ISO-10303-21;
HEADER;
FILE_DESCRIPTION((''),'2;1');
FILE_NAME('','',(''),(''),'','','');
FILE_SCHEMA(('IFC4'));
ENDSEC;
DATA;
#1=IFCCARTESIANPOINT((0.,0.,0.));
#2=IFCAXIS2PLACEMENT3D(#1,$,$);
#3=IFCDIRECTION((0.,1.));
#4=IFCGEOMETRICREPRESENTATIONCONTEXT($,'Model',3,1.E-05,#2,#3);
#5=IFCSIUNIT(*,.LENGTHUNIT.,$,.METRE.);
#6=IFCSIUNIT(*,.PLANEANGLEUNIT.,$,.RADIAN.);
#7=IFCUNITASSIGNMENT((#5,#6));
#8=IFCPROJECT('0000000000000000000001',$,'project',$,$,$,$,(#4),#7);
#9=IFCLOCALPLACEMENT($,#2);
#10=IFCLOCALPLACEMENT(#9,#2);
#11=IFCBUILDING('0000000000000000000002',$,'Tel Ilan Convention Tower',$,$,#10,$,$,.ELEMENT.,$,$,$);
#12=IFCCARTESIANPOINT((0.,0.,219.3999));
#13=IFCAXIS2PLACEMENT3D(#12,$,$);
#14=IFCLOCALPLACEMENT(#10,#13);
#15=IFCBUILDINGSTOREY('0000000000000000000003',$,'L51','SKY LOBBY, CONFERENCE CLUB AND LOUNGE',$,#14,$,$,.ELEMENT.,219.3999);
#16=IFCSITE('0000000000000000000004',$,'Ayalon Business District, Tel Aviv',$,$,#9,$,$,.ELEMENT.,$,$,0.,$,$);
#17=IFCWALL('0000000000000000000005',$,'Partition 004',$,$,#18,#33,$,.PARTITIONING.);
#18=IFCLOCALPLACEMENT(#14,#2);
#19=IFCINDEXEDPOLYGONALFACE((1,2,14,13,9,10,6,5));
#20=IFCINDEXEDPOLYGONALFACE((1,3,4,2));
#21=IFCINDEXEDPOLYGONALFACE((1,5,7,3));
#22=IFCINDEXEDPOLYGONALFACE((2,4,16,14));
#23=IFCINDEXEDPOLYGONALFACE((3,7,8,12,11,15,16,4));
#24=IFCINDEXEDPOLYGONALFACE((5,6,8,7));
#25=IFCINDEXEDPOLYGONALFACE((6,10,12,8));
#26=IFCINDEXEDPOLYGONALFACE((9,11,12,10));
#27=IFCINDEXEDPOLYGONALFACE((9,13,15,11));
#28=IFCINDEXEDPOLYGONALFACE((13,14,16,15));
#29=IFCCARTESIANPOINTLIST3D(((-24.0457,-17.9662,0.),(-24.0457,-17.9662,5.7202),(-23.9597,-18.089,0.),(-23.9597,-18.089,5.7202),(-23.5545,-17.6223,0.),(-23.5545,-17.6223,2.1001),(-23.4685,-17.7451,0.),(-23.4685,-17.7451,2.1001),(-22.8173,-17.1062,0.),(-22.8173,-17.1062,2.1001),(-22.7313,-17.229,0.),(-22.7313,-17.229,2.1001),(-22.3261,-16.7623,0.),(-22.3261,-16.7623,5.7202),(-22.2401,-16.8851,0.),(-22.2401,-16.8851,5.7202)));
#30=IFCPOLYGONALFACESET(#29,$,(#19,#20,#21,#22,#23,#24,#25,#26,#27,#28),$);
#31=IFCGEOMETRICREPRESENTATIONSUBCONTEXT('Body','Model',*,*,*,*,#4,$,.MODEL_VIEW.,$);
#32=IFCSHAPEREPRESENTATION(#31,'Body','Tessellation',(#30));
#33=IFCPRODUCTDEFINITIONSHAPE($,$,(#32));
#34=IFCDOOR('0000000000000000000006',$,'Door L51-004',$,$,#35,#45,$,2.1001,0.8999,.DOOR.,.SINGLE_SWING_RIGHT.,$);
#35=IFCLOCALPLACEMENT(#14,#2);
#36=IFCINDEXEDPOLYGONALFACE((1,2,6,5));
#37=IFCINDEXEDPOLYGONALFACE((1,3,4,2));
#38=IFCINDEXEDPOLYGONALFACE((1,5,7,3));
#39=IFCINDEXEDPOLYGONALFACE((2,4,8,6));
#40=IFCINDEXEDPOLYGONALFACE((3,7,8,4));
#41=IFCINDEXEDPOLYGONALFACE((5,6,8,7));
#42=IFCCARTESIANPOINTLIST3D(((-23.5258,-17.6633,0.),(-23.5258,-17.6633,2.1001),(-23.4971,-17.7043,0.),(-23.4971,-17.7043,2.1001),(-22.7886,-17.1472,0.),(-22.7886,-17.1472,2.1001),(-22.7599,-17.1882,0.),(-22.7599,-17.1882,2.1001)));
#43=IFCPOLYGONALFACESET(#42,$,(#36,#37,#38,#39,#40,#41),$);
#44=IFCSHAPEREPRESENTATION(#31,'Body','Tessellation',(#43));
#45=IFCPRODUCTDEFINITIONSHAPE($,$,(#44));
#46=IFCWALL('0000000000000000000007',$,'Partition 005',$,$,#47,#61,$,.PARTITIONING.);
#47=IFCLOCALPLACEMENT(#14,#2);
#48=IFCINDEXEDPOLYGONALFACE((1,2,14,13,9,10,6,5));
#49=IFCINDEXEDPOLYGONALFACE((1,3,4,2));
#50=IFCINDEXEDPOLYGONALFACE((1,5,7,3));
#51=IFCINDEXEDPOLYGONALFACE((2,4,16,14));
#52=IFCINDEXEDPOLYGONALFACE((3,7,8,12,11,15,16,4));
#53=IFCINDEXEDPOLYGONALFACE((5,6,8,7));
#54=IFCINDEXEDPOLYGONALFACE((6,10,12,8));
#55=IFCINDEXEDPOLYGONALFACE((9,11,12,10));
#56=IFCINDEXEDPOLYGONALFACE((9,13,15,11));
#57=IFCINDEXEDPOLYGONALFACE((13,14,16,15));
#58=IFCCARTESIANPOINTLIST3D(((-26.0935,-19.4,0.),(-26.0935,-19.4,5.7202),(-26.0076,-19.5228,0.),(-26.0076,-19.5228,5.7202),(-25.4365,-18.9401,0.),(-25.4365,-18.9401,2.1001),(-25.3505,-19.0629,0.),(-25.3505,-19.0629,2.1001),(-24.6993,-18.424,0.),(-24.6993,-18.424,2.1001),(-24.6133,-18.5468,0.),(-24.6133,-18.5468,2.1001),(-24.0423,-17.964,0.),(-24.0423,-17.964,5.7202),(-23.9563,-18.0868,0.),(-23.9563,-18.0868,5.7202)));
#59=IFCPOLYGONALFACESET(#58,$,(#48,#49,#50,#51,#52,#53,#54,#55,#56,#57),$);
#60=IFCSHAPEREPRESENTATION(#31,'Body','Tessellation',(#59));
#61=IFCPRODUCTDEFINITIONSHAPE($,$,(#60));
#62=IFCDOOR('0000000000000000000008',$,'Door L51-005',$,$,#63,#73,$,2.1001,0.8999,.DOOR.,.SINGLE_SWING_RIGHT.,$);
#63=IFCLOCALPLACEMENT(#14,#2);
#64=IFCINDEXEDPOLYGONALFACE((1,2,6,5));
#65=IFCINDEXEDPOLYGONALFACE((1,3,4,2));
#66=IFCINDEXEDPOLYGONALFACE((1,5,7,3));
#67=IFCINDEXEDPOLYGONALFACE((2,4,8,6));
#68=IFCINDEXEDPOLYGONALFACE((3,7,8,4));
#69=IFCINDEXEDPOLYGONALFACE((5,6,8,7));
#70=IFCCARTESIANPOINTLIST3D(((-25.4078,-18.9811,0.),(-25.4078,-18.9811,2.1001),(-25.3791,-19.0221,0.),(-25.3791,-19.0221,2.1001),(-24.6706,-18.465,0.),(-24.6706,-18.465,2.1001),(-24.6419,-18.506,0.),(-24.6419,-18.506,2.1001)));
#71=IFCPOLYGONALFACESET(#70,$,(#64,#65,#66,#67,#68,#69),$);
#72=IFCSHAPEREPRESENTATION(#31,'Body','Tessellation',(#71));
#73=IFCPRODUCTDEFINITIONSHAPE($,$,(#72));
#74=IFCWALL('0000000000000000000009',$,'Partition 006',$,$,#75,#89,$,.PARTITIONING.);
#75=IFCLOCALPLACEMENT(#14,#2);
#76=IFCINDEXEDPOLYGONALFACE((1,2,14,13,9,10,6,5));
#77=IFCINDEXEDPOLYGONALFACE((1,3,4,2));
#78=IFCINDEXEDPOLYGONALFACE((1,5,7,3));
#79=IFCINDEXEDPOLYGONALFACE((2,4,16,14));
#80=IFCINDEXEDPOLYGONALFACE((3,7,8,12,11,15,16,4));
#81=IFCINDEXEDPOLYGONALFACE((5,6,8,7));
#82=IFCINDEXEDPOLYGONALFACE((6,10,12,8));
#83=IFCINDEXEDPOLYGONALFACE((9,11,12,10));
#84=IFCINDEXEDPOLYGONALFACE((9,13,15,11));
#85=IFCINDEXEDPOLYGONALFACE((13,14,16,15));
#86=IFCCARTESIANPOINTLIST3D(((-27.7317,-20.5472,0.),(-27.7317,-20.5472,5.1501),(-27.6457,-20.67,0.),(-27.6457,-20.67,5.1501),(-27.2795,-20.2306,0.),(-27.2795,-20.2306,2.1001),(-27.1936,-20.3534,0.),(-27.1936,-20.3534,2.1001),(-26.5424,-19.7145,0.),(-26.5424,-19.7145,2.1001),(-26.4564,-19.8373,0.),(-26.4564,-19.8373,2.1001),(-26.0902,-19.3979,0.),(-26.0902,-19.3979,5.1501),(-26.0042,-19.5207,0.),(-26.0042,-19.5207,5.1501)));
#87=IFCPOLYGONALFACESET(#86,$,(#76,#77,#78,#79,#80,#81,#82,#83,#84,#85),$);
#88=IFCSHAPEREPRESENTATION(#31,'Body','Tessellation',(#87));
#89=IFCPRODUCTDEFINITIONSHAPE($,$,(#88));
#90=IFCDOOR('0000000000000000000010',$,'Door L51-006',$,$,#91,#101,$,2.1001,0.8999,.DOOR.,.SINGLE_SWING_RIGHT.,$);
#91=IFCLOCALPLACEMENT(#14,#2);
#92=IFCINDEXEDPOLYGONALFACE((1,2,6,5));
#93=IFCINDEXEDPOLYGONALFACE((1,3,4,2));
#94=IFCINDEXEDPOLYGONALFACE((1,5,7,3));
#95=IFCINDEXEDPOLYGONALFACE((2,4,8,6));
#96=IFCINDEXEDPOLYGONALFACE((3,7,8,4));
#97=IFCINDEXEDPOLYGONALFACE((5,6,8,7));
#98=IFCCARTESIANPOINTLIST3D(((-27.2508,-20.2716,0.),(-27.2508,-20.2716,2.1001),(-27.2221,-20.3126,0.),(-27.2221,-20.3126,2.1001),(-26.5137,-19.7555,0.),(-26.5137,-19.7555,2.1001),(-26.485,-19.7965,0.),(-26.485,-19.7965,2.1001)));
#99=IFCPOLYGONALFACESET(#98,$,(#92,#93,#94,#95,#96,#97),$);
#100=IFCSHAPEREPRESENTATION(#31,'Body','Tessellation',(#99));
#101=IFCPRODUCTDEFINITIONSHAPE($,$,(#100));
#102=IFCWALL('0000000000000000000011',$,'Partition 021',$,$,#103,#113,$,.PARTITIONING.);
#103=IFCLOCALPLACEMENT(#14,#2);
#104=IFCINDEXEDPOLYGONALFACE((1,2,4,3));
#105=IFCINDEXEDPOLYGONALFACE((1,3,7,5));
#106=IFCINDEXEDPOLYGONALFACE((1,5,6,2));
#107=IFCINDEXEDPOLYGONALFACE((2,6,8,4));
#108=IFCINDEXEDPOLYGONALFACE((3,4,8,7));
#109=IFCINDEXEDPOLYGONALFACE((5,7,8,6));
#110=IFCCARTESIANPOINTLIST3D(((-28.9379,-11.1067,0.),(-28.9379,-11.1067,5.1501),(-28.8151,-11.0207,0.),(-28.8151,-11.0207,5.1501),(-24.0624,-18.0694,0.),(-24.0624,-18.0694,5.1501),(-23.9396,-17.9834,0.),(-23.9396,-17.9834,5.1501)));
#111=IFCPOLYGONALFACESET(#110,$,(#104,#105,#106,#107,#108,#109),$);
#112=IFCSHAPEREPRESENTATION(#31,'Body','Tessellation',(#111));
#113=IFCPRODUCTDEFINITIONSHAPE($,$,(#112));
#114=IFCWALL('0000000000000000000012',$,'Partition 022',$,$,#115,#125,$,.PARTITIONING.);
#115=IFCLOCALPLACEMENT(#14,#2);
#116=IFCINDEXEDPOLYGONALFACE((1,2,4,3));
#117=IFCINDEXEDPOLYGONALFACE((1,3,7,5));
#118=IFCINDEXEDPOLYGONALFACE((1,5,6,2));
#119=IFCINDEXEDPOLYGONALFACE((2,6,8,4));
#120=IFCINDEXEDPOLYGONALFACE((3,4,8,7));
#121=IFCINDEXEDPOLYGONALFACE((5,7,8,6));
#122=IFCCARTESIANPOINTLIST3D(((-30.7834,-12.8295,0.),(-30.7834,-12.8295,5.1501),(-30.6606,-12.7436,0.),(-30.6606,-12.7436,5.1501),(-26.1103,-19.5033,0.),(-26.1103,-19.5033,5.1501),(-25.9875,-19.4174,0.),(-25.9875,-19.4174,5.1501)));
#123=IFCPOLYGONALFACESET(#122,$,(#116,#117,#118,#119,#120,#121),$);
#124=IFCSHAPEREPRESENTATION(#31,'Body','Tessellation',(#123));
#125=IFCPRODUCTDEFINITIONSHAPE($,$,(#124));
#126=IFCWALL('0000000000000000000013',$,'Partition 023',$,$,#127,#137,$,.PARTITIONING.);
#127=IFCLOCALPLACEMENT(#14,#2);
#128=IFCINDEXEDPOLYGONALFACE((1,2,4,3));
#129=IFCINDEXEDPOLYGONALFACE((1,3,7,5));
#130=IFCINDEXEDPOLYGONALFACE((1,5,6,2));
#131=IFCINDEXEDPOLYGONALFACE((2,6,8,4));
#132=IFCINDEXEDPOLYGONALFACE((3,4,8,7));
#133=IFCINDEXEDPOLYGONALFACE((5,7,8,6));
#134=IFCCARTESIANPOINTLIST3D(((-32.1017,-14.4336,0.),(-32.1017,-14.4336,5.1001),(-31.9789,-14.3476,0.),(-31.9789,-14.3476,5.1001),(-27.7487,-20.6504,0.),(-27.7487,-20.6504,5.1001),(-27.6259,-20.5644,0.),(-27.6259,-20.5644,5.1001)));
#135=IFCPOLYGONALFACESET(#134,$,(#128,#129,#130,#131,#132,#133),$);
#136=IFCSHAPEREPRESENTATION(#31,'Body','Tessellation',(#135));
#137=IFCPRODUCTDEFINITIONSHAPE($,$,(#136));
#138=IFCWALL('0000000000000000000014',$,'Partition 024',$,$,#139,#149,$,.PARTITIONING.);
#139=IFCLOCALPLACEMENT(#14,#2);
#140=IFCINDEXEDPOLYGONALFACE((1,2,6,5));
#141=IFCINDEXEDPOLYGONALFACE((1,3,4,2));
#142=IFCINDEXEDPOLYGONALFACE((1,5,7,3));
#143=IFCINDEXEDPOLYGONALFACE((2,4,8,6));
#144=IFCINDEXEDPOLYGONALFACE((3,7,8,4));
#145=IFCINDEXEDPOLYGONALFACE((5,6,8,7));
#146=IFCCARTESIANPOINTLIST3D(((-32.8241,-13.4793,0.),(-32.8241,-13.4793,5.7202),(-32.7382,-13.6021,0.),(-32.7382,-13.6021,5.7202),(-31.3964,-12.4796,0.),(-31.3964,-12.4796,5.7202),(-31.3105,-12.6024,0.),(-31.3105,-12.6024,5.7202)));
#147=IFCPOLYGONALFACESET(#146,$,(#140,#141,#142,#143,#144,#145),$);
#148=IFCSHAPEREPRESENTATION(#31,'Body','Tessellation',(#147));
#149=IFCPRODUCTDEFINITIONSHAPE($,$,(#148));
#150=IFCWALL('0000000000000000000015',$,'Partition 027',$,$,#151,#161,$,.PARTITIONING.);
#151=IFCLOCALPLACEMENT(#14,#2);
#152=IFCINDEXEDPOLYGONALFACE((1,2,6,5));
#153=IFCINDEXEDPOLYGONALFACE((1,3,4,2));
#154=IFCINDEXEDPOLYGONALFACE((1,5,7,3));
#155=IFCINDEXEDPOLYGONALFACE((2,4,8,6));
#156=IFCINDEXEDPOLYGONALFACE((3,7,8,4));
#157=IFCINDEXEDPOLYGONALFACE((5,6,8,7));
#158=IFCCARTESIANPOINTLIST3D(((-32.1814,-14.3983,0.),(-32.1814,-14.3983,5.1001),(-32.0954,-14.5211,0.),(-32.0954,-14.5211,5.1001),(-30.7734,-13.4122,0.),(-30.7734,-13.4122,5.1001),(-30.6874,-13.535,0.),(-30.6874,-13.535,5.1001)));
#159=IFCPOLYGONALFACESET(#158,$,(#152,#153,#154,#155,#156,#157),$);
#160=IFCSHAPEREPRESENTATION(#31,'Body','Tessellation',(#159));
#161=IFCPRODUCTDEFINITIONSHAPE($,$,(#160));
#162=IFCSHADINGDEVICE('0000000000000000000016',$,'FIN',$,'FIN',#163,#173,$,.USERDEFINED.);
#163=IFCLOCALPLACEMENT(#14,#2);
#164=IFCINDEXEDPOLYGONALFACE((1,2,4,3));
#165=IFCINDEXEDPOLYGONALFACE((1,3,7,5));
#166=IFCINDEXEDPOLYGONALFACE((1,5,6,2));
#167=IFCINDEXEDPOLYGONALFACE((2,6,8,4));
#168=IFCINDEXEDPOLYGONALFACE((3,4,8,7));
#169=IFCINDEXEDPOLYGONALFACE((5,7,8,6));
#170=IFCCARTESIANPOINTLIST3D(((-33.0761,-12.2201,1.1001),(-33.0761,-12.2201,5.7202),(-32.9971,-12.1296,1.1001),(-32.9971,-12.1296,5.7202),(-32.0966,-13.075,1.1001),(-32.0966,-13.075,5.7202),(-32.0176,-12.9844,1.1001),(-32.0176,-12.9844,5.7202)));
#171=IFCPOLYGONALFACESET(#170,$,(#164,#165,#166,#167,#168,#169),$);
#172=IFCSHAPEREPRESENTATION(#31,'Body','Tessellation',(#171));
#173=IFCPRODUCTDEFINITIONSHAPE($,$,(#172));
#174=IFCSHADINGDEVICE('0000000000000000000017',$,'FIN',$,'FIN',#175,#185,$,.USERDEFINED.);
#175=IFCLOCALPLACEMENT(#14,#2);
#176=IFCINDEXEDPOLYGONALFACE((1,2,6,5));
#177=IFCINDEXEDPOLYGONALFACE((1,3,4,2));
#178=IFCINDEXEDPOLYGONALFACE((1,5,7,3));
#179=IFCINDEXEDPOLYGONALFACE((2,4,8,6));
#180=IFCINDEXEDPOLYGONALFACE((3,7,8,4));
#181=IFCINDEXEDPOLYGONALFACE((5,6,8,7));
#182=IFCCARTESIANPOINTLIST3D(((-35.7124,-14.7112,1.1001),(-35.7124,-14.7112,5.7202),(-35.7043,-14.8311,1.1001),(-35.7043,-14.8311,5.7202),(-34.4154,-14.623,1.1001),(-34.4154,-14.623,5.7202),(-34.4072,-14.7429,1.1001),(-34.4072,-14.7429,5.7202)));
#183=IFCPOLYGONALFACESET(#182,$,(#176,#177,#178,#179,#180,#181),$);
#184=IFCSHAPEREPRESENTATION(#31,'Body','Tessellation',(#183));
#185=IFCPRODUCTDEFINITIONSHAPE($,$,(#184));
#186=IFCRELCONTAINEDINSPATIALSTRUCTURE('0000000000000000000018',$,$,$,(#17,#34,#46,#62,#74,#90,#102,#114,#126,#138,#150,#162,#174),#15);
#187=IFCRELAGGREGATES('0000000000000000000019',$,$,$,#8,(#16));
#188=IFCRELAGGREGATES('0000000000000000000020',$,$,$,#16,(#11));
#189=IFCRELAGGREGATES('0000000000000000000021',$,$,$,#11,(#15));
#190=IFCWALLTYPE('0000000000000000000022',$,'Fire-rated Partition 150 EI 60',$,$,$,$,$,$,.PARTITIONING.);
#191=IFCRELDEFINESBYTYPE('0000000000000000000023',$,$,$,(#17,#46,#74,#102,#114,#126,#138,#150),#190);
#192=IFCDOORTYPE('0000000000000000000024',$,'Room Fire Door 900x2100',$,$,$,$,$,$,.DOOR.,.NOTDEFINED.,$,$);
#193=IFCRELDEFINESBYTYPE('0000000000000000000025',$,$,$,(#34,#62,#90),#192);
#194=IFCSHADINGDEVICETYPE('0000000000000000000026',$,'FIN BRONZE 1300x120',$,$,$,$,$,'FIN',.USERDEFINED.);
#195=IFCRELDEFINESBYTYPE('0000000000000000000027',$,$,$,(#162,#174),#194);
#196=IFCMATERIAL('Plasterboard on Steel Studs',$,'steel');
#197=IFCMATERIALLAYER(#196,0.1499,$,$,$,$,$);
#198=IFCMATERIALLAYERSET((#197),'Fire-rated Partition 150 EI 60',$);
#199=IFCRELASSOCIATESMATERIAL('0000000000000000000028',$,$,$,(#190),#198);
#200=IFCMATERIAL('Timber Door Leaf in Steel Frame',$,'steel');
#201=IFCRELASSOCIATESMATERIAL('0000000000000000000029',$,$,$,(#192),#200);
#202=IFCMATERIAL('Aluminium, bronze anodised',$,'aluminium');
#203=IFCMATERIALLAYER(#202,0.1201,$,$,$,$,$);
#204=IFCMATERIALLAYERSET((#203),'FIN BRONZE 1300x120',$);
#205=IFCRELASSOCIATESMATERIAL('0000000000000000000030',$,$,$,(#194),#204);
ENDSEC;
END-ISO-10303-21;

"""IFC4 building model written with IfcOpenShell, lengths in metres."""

from ifc_helpers import new_model, si_unit, direction, frame, frame_2d, origin, origin_2d, place, context, subcontext, project, spatial, rectangle, extrude, material, layer, layer_set, type_object, element, fill, save


model = new_model("IFC4")

# Units and contexts
model_context = context("Model", 3, precision=1e-05, world=origin(), true_north=direction((0.0, 1.0)))
body_context = subcontext(model_context, "Body", "Model", "MODEL_VIEW")
ifc_project = project(units=[si_unit("LENGTHUNIT", "METRE"), si_unit("PLANEANGLEUNIT", "RADIAN")], contexts=[model_context])

# Site, building, storey
site_placement = place(None, origin())
site = spatial("IfcSite", under=ifc_project, at=site_placement, Name="Ayalon Business District, Tel Aviv", CompositionType="ELEMENT", RefElevation=0.0)
building_placement = place(site_placement, origin())
building = spatial("IfcBuilding", under=site, at=building_placement, Name="Tel Ilan Convention Tower", CompositionType="ELEMENT")
storey_placement = place(building_placement, frame((0.0, 0.0, 219.3999)))
storey = spatial("IfcBuildingStorey", under=building, at=storey_placement, Name="L51", Description="SKY LOBBY, CONFERENCE CLUB AND LOUNGE", CompositionType="ELEMENT", Elevation=219.3999)

# Walls, openings, doors
ifc_material_1 = material(Name="Plasterboard on Steel Studs", Category="steel")
ifc_layer_1 = layer(ifc_material_1, 0.1499)
ifc_layer_set_1 = layer_set([ifc_layer_1], Name="Fire-rated Partition 150 EI 60")
wall_type = type_object("IfcWallType", Name="Fire-rated Partition 150 EI 60", PredefinedType="PARTITIONING", material=ifc_layer_set_1)
wall_1_placement = place(storey_placement, frame((-24.0027, -18.0276, 0.0), z_axis=(0.0, 0.0, 1.0), x_axis=(0.819183, 0.573533, 0.0)))
wall_1 = element("IfcWall", 1, at=wall_1_placement, inside=storey, type_object=wall_type, Name="Partition 004", PredefinedType="PARTITIONING", context=body_context, shape_type="SweptSolid", body=[
    extrude(rectangle(XDim=2.0991, YDim=0.1499, at=frame_2d((1.0496, 0.0))), origin(), (0.0, 0.0, 1.0), 5.7202),
])
opening_1_placement = place(wall_1_placement, frame((0.5996, 0.0, 0.0)))
opening_1 = element("IfcOpeningElement", 2, at=opening_1_placement, cuts=wall_1, PredefinedType="OPENING", context=body_context, shape_type="SweptSolid", body=[
    extrude(rectangle(XDim=0.8999, YDim=2.1001, at=frame_2d((0.45, 1.05))), frame((0.0, 0.085, 0.0), z_axis=(0.0, -1.0, 0.0), x_axis=(1.0, 0.0, 0.0)), (0.0, 0.0, 1.0), 0.1699),
])
ifc_material_2 = material(Name="Timber Door Leaf in Steel Frame", Category="steel")
door_type = type_object("IfcDoorType", Name="Room Fire Door 900x2100", OperationType="NOTDEFINED", PredefinedType="DOOR", material=ifc_material_2)
door_1_placement = place(opening_1_placement, origin())
door_1 = element("IfcDoor", 3, at=door_1_placement, inside=storey, type_object=door_type, Name="Door L51-004", OperationType="SINGLE_SWING_RIGHT", OverallHeight=2.1001, OverallWidth=0.8999, PredefinedType="DOOR", context=body_context, shape_type="SweptSolid", body=[
    extrude(rectangle(XDim=0.8999, YDim=2.1001, at=frame_2d((0.45, 1.05))), frame((0.0, 0.0249, 0.0), z_axis=(0.0, -1.0, 0.0), x_axis=(1.0, 0.0, 0.0)), (0.0, 0.0, 1.0), 0.05),
])
fill(opening_1, door_1)
wall_2_placement = place(storey_placement, frame((-26.0505, -19.4614, 0.0), z_axis=(0.0, 0.0, 1.0), x_axis=(0.819204, 0.573502, 0.0)))
wall_2 = element("IfcWall", 4, at=wall_2_placement, inside=storey, type_object=wall_type, Name="Partition 005", PredefinedType="PARTITIONING", context=body_context, shape_type="SweptSolid", body=[
    extrude(rectangle(XDim=2.5039, YDim=0.1499, at=frame_2d((1.252, 0.0))), origin(), (0.0, 0.0, 1.0), 5.7202),
])
opening_2_placement = place(wall_2_placement, frame((0.802, 0.0, 0.0)))
opening_2 = element("IfcOpeningElement", 5, at=opening_2_placement, cuts=wall_2, PredefinedType="OPENING", context=body_context, shape_type="SweptSolid", body=[
    extrude(rectangle(XDim=0.8999, YDim=2.1001, at=frame_2d((0.45, 1.05))), frame((0.0, 0.085, 0.0), z_axis=(0.0, -1.0, 0.0), x_axis=(1.0, 0.0, 0.0)), (0.0, 0.0, 1.0), 0.1699),
])
door_2_placement = place(opening_2_placement, origin())
door_2 = element("IfcDoor", 6, at=door_2_placement, inside=storey, type_object=door_type, Name="Door L51-005", OperationType="SINGLE_SWING_RIGHT", OverallHeight=2.1001, OverallWidth=0.8999, PredefinedType="DOOR", context=body_context, shape_type="SweptSolid", body=[
    extrude(rectangle(XDim=0.8999, YDim=2.1001, at=frame_2d((0.45, 1.05))), frame((0.0, 0.0249, 0.0), z_axis=(0.0, -1.0, 0.0), x_axis=(1.0, 0.0, 0.0)), (0.0, 0.0, 1.0), 0.05),
])
fill(opening_2, door_2)
wall_3_placement = place(storey_placement, frame((-27.6887, -20.6086, 0.0), z_axis=(0.0, 0.0, 1.0), x_axis=(0.819163, 0.57356, 0.0)))
wall_3 = element("IfcWall", 7, at=wall_3_placement, inside=storey, type_object=wall_type, Name="Partition 006", PredefinedType="PARTITIONING", context=body_context, shape_type="SweptSolid", body=[
    extrude(rectangle(XDim=2.0039, YDim=0.1499, at=frame_2d((1.002, 0.0))), origin(), (0.0, 0.0, 1.0), 5.1501),
])
opening_3_placement = place(wall_3_placement, frame((0.552, 0.0, 0.0)))
opening_3 = element("IfcOpeningElement", 8, at=opening_3_placement, cuts=wall_3, PredefinedType="OPENING", context=body_context, shape_type="SweptSolid", body=[
    extrude(rectangle(XDim=0.8999, YDim=2.1001, at=frame_2d((0.45, 1.05))), frame((0.0, 0.085, 0.0), z_axis=(0.0, -1.0, 0.0), x_axis=(1.0, 0.0, 0.0)), (0.0, 0.0, 1.0), 0.1699),
])
door_3_placement = place(opening_3_placement, origin())
door_3 = element("IfcDoor", 9, at=door_3_placement, inside=storey, type_object=door_type, Name="Door L51-006", OperationType="SINGLE_SWING_RIGHT", OverallHeight=2.1001, OverallWidth=0.8999, PredefinedType="DOOR", context=body_context, shape_type="SweptSolid", body=[
    extrude(rectangle(XDim=0.8999, YDim=2.1001, at=frame_2d((0.45, 1.05))), frame((0.0, 0.0249, 0.0), z_axis=(0.0, -1.0, 0.0), x_axis=(1.0, 0.0, 0.0)), (0.0, 0.0, 1.0), 0.05),
])
fill(opening_3, door_3)

# Walls
wall_4_placement = place(storey_placement, frame((-24.001, -18.0264, 0.0), z_axis=(0.0, 0.0, 1.0), x_axis=(-0.573591, 0.819142, 0.0)))
element("IfcWall", 10, at=wall_4_placement, inside=storey, type_object=wall_type, Name="Partition 021", PredefinedType="PARTITIONING", context=body_context, shape_type="SweptSolid", body=[
    extrude(rectangle(XDim=8.5, YDim=0.1499, at=frame_2d((4.25, 0.0))), origin(), (0.0, 0.0, 1.0), 5.1501),
])
wall_5_placement = place(storey_placement, frame((-26.0488, -19.4604, 0.0), z_axis=(0.0, 0.0, 1.0), x_axis=(-0.573579, 0.81915, 0.0)))
element("IfcWall", 11, at=wall_5_placement, inside=storey, type_object=wall_type, Name="Partition 022", PredefinedType="PARTITIONING", context=body_context, shape_type="SweptSolid", body=[
    extrude(rectangle(XDim=8.1472, YDim=0.1499, at=frame_2d((4.0737, 0.0))), origin(), (0.0, 0.0, 1.0), 5.1501),
])
wall_6_placement = place(storey_placement, frame((-27.6873, -20.6074, 0.0), z_axis=(0.0, 0.0, 1.0), x_axis=(-0.573575, 0.819153, 0.0)))
element("IfcWall", 12, at=wall_6_placement, inside=storey, type_object=wall_type, Name="Partition 023", PredefinedType="PARTITIONING", context=body_context, shape_type="SweptSolid", body=[
    extrude(rectangle(XDim=7.5894, YDim=0.1499, at=frame_2d((3.7947, 0.0))), origin(), (0.0, 0.0, 1.0), 5.1001),
])
wall_7_placement = place(storey_placement, frame((-32.7812, -13.5408, 0.0), z_axis=(0.0, 0.0, 1.0), x_axis=(0.81914, 0.573594, 0.0)))
element("IfcWall", 13, at=wall_7_placement, inside=storey, type_object=wall_type, Name="Partition 024", PredefinedType="PARTITIONING", context=body_context, shape_type="SweptSolid", body=[
    extrude(rectangle(XDim=1.7429, YDim=0.1499, at=frame_2d((0.8716, 0.0))), origin(), (0.0, 0.0, 1.0), 5.7202),
])
wall_8_placement = place(storey_placement, frame((-30.7305, -13.4736, 0.0), z_axis=(0.0, 0.0, 1.0), x_axis=(-0.819092, -0.573663, 0.0)))
element("IfcWall", 14, at=wall_8_placement, inside=storey, type_object=wall_type, Name="Partition 027", PredefinedType="PARTITIONING", context=body_context, shape_type="SweptSolid", body=[
    extrude(rectangle(XDim=1.719, YDim=0.1499, at=frame_2d((0.8594, 0.0))), origin(), (0.0, 0.0, 1.0), 5.1001),
])

# Shading devices
ifc_material_3 = material(Name="Aluminium, bronze anodised", Category="aluminium")
ifc_layer_2 = layer(ifc_material_3, 0.1201)
ifc_layer_set_2 = layer_set([ifc_layer_2], Name="FIN BRONZE 1300x120")
shading_device_type = type_object("IfcShadingDeviceType", Name="FIN BRONZE 1300x120", ElementType="FIN", PredefinedType="USERDEFINED", material=ifc_layer_set_2)
for number, where, z_axis, x_axis, name in (
    (15, (-32.5469, -12.6023, 1.1001), (0.0, 0.0, 1.0), (-0.753436, 0.657521, 0.0), "FIN"),
    (16, (-35.0598, -14.7271, 1.1001), (0.0, 0.0, 1.0), (-0.997697, -0.067822, 0.0), "FIN"),
):
    element("IfcShadingDevice", number, at=place(storey_placement, frame(where, z_axis=z_axis, x_axis=x_axis)), inside=storey, type_object=shading_device_type, Name=name, ObjectType="FIN", PredefinedType="USERDEFINED", context=body_context, shape_type="SweptSolid", body=[
        extrude(rectangle(XDim=1.3, YDim=0.1201, at=origin_2d()), origin(), (0.0, 0.0, 1.0), 4.6201),
    ])

save(model, "model.ifc")
